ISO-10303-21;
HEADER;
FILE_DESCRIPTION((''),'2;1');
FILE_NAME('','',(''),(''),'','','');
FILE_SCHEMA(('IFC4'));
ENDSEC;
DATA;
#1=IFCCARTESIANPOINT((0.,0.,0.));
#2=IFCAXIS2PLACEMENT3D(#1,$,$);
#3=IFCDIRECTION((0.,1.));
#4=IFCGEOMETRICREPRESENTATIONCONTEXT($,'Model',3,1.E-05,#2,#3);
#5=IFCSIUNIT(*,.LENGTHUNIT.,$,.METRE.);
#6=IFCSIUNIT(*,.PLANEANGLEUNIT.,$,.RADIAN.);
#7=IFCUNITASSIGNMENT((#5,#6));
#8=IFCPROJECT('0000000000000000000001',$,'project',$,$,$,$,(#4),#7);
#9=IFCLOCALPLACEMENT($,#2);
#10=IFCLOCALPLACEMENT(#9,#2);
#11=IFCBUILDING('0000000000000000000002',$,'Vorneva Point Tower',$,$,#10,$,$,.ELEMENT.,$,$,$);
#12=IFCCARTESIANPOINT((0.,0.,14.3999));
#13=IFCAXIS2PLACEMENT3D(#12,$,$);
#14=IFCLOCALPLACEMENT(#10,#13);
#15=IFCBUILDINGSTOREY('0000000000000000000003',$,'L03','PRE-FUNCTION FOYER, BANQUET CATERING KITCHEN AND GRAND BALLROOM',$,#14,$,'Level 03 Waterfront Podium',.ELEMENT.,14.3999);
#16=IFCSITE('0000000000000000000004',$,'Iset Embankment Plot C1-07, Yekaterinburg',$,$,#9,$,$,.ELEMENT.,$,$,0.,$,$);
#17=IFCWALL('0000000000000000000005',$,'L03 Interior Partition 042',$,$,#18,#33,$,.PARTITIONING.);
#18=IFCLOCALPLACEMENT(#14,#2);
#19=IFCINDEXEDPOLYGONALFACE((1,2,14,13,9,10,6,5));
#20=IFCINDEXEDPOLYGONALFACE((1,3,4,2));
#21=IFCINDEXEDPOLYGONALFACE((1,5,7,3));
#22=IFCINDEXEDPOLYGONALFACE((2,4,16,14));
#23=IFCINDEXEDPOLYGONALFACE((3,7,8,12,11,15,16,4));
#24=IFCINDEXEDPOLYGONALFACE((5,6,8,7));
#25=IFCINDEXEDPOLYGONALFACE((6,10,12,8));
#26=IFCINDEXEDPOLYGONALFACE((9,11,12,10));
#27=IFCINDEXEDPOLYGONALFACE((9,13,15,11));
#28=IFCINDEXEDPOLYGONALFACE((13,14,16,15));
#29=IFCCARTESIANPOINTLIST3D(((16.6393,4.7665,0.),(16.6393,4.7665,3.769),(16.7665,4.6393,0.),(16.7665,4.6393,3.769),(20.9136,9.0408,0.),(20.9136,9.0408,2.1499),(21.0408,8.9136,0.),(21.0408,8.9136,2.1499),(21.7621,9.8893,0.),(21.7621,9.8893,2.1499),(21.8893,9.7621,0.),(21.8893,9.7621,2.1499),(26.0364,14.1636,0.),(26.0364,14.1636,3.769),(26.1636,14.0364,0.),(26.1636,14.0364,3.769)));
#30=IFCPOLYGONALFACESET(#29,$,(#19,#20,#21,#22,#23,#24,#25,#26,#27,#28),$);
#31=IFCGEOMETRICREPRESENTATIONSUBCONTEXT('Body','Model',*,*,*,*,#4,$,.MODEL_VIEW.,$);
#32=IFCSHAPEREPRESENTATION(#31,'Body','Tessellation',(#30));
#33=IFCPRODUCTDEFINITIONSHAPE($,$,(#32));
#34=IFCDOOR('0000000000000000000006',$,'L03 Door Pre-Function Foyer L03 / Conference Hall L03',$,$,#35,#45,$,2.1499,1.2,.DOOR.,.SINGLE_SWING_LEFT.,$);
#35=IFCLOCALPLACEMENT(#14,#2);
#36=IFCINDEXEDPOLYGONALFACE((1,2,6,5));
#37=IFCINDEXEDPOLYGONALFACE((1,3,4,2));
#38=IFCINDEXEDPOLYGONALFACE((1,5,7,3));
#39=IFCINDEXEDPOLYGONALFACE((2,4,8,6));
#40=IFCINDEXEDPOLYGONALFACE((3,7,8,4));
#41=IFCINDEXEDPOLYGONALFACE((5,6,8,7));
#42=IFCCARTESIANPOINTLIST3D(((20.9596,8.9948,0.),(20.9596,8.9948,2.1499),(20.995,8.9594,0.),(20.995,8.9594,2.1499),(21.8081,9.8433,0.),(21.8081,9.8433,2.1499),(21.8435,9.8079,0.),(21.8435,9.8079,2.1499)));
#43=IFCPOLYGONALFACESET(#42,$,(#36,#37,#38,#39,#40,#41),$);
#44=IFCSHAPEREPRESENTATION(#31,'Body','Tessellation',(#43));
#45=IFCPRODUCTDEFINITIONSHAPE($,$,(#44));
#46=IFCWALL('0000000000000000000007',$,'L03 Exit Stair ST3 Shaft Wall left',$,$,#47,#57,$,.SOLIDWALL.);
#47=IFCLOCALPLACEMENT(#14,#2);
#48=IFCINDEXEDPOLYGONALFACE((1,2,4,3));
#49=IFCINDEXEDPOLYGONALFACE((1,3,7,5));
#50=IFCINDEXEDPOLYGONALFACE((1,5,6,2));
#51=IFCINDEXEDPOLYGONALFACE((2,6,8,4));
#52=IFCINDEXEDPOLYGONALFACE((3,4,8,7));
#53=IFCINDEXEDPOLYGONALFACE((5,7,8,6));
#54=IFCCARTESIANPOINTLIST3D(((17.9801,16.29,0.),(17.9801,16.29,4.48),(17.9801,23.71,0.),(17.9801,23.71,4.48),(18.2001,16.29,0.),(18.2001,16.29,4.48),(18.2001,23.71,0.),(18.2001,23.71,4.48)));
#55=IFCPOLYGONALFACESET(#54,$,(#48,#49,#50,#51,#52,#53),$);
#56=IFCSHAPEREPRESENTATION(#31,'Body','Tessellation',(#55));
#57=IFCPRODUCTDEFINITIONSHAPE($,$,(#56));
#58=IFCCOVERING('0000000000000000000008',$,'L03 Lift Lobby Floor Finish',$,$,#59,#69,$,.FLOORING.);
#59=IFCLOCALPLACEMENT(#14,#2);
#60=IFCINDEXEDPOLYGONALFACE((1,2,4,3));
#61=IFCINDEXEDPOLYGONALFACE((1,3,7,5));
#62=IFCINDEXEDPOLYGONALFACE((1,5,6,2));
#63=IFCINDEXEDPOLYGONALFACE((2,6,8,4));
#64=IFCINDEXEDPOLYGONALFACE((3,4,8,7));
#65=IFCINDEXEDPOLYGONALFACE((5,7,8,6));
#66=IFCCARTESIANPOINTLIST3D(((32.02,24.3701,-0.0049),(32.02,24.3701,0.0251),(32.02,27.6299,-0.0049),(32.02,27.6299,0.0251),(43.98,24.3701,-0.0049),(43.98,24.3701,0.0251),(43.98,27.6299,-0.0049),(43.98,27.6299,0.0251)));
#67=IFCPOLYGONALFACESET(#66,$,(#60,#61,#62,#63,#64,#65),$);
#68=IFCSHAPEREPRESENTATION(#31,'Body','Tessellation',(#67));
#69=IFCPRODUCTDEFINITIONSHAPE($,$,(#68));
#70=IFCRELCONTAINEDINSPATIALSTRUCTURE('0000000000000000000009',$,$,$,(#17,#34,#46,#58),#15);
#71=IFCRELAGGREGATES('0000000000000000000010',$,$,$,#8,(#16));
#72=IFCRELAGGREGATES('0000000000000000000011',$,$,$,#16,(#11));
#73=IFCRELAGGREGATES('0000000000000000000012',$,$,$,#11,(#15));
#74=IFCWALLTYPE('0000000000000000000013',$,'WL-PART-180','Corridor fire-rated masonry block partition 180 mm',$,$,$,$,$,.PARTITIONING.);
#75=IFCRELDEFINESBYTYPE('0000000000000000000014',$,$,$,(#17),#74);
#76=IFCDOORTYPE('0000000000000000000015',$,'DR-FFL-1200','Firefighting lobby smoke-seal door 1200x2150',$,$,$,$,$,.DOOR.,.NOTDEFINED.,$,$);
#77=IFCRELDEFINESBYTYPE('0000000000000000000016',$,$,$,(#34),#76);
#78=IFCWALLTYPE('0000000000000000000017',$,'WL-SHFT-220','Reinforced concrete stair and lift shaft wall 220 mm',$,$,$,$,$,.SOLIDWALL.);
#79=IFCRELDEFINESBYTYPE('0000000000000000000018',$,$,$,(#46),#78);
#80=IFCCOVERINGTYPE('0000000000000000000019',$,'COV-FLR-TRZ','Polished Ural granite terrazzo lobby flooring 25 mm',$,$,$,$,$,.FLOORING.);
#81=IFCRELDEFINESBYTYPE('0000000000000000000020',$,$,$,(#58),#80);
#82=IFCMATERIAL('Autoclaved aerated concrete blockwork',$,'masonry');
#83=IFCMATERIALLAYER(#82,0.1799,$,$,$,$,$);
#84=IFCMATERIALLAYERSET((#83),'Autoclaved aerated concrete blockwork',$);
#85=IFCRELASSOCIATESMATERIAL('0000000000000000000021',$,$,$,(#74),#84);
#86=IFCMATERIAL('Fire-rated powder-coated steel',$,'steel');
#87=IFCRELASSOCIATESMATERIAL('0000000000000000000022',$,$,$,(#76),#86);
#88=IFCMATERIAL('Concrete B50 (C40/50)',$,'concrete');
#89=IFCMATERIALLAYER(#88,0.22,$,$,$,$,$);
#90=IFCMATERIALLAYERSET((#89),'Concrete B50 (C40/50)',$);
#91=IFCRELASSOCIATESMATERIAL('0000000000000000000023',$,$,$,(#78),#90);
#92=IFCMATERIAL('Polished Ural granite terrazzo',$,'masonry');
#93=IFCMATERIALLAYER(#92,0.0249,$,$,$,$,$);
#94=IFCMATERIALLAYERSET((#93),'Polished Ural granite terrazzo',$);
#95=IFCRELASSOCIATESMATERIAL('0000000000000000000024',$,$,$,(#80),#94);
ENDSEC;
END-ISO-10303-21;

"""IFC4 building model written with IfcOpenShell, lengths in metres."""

from ifc_helpers import new_model, si_unit, direction, frame, frame_2d, origin, place, context, subcontext, project, spatial, polyline, rectangle, outline, extrude, material, layer, layer_set, type_object, element, fill, save


model = new_model("IFC4")

# Units and contexts
model_context = context("Model", 3, precision=1e-05, world=origin(), true_north=direction((0.0, 1.0)))
body_context = subcontext(model_context, "Body", "Model", "MODEL_VIEW")
ifc_project = project(units=[si_unit("LENGTHUNIT", "METRE"), si_unit("PLANEANGLEUNIT", "RADIAN")], contexts=[model_context])

# Site, building, storey
site_placement = place(None, origin())
site = spatial("IfcSite", under=ifc_project, at=site_placement, Name="Iset Embankment Plot C1-07, Yekaterinburg", CompositionType="ELEMENT", RefElevation=0.0)
building_placement = place(site_placement, origin())
building = spatial("IfcBuilding", under=site, at=building_placement, Name="Vorneva Point Tower", CompositionType="ELEMENT")
storey_placement = place(building_placement, frame((0.0, 0.0, 14.3999)))
storey = spatial("IfcBuildingStorey", under=building, at=storey_placement, Name="L03", Description="PRE-FUNCTION FOYER, BANQUET CATERING KITCHEN AND GRAND BALLROOM", LongName="Level 03 Waterfront Podium", CompositionType="ELEMENT", Elevation=14.3999)

# Shared definitions
ifc_material_1 = material(Name="Concrete B50 (C40/50)", Category="concrete")

# Wall, opening, door
ifc_material_2 = material(Name="Autoclaved aerated concrete blockwork", Category="masonry")
ifc_layer_1 = layer(ifc_material_2, 0.1799)
ifc_layer_set_1 = layer_set([ifc_layer_1], Name="Autoclaved aerated concrete blockwork")
wall_type_1 = type_object("IfcWallType", Name="WL-PART-180", Description="Corridor fire-rated masonry block partition 180 mm", PredefinedType="PARTITIONING", material=ifc_layer_set_1)
wall_1_placement = place(storey_placement, frame((16.7029, 4.7029, 0.0), z_axis=(0.0, 0.0, 1.0), x_axis=(0.707107, 0.707107, 0.0)))
wall_1 = element("IfcWall", 1, at=wall_1_placement, inside=storey, type_object=wall_type_1, Name="L03 Interior Partition 042", PredefinedType="PARTITIONING", context=body_context, shape_type="SweptSolid", body=[
    extrude(rectangle(XDim=13.2896, YDim=0.1799, at=frame_2d((6.6448, 0.0))), origin(), (0.0, 0.0, 1.0), 3.769),
])
opening_placement = place(wall_1_placement, frame((6.0447, 0.0, 0.0)))
opening = element("IfcOpeningElement", 2, at=opening_placement, cuts=wall_1, PredefinedType="OPENING", context=body_context, shape_type="SweptSolid", body=[
    extrude(rectangle(XDim=1.2, YDim=2.1499, at=frame_2d((0.6001, 1.075))), frame((0.0, 0.105, 0.0), z_axis=(0.0, -1.0, 0.0), x_axis=(1.0, 0.0, 0.0)), (0.0, 0.0, 1.0), 0.2097),
])
ifc_material_3 = material(Name="Fire-rated powder-coated steel", Category="steel")
door_type = type_object("IfcDoorType", Name="DR-FFL-1200", Description="Firefighting lobby smoke-seal door 1200x2150", OperationType="NOTDEFINED", PredefinedType="DOOR", material=ifc_material_3)
door_placement = place(opening_placement, origin())
door = element("IfcDoor", 3, at=door_placement, inside=storey, type_object=door_type, Name="L03 Door Pre-Function Foyer L03 / Conference Hall L03", OperationType="SINGLE_SWING_LEFT", OverallHeight=2.1499, OverallWidth=1.2, PredefinedType="DOOR", context=body_context, shape_type="SweptSolid", body=[
    extrude(rectangle(XDim=1.2, YDim=2.1499, at=frame_2d((0.6001, 1.075))), frame((0.0, 0.0249, 0.0), z_axis=(0.0, -1.0, 0.0), x_axis=(1.0, 0.0, 0.0)), (0.0, 0.0, 1.0), 0.05),
])
fill(opening, door)

# Wall
ifc_layer_2 = layer(ifc_material_1, 0.22)
ifc_layer_set_2 = layer_set([ifc_layer_2], Name="Concrete B50 (C40/50)")
wall_type_2 = type_object("IfcWallType", Name="WL-SHFT-220", Description="Reinforced concrete stair and lift shaft wall 220 mm", PredefinedType="SOLIDWALL", material=ifc_layer_set_2)
wall_2_placement = place(storey_placement, frame((18.0901, 16.29, 0.0), z_axis=(0.0, 0.0, 1.0), x_axis=(0.0, 1.0, 0.0)))
element("IfcWall", 4, at=wall_2_placement, inside=storey, type_object=wall_type_2, Name="L03 Exit Stair ST3 Shaft Wall left", PredefinedType="SOLIDWALL", context=body_context, shape_type="SweptSolid", body=[
    extrude(rectangle(XDim=7.4199, YDim=0.22, at=frame_2d((3.71, 0.0))), origin(), (0.0, 0.0, 1.0), 4.48),
])

# Covering
ifc_material_4 = material(Name="Polished Ural granite terrazzo", Category="masonry")
ifc_layer_3 = layer(ifc_material_4, 0.0249)
ifc_layer_set_3 = layer_set([ifc_layer_3], Name="Polished Ural granite terrazzo")
covering_type = type_object("IfcCoveringType", Name="COV-FLR-TRZ", Description="Polished Ural granite terrazzo lobby flooring 25 mm", PredefinedType="FLOORING", material=ifc_layer_set_3)
covering_placement = place(storey_placement, frame((0.0, 0.0, -0.0049)))
element("IfcCovering", 5, at=covering_placement, inside=storey, type_object=covering_type, Name="L03 Lift Lobby Floor Finish", PredefinedType="FLOORING", context=body_context, shape_type="SweptSolid", body=[
    extrude(outline(polyline([(32.02, 24.3701), (43.98, 24.3701), (43.98, 27.6299), (32.02, 27.6299), (32.02, 24.3701)])), origin(), (0.0, 0.0, 1.0), 0.03),
])

save(model, "model.ifc")
